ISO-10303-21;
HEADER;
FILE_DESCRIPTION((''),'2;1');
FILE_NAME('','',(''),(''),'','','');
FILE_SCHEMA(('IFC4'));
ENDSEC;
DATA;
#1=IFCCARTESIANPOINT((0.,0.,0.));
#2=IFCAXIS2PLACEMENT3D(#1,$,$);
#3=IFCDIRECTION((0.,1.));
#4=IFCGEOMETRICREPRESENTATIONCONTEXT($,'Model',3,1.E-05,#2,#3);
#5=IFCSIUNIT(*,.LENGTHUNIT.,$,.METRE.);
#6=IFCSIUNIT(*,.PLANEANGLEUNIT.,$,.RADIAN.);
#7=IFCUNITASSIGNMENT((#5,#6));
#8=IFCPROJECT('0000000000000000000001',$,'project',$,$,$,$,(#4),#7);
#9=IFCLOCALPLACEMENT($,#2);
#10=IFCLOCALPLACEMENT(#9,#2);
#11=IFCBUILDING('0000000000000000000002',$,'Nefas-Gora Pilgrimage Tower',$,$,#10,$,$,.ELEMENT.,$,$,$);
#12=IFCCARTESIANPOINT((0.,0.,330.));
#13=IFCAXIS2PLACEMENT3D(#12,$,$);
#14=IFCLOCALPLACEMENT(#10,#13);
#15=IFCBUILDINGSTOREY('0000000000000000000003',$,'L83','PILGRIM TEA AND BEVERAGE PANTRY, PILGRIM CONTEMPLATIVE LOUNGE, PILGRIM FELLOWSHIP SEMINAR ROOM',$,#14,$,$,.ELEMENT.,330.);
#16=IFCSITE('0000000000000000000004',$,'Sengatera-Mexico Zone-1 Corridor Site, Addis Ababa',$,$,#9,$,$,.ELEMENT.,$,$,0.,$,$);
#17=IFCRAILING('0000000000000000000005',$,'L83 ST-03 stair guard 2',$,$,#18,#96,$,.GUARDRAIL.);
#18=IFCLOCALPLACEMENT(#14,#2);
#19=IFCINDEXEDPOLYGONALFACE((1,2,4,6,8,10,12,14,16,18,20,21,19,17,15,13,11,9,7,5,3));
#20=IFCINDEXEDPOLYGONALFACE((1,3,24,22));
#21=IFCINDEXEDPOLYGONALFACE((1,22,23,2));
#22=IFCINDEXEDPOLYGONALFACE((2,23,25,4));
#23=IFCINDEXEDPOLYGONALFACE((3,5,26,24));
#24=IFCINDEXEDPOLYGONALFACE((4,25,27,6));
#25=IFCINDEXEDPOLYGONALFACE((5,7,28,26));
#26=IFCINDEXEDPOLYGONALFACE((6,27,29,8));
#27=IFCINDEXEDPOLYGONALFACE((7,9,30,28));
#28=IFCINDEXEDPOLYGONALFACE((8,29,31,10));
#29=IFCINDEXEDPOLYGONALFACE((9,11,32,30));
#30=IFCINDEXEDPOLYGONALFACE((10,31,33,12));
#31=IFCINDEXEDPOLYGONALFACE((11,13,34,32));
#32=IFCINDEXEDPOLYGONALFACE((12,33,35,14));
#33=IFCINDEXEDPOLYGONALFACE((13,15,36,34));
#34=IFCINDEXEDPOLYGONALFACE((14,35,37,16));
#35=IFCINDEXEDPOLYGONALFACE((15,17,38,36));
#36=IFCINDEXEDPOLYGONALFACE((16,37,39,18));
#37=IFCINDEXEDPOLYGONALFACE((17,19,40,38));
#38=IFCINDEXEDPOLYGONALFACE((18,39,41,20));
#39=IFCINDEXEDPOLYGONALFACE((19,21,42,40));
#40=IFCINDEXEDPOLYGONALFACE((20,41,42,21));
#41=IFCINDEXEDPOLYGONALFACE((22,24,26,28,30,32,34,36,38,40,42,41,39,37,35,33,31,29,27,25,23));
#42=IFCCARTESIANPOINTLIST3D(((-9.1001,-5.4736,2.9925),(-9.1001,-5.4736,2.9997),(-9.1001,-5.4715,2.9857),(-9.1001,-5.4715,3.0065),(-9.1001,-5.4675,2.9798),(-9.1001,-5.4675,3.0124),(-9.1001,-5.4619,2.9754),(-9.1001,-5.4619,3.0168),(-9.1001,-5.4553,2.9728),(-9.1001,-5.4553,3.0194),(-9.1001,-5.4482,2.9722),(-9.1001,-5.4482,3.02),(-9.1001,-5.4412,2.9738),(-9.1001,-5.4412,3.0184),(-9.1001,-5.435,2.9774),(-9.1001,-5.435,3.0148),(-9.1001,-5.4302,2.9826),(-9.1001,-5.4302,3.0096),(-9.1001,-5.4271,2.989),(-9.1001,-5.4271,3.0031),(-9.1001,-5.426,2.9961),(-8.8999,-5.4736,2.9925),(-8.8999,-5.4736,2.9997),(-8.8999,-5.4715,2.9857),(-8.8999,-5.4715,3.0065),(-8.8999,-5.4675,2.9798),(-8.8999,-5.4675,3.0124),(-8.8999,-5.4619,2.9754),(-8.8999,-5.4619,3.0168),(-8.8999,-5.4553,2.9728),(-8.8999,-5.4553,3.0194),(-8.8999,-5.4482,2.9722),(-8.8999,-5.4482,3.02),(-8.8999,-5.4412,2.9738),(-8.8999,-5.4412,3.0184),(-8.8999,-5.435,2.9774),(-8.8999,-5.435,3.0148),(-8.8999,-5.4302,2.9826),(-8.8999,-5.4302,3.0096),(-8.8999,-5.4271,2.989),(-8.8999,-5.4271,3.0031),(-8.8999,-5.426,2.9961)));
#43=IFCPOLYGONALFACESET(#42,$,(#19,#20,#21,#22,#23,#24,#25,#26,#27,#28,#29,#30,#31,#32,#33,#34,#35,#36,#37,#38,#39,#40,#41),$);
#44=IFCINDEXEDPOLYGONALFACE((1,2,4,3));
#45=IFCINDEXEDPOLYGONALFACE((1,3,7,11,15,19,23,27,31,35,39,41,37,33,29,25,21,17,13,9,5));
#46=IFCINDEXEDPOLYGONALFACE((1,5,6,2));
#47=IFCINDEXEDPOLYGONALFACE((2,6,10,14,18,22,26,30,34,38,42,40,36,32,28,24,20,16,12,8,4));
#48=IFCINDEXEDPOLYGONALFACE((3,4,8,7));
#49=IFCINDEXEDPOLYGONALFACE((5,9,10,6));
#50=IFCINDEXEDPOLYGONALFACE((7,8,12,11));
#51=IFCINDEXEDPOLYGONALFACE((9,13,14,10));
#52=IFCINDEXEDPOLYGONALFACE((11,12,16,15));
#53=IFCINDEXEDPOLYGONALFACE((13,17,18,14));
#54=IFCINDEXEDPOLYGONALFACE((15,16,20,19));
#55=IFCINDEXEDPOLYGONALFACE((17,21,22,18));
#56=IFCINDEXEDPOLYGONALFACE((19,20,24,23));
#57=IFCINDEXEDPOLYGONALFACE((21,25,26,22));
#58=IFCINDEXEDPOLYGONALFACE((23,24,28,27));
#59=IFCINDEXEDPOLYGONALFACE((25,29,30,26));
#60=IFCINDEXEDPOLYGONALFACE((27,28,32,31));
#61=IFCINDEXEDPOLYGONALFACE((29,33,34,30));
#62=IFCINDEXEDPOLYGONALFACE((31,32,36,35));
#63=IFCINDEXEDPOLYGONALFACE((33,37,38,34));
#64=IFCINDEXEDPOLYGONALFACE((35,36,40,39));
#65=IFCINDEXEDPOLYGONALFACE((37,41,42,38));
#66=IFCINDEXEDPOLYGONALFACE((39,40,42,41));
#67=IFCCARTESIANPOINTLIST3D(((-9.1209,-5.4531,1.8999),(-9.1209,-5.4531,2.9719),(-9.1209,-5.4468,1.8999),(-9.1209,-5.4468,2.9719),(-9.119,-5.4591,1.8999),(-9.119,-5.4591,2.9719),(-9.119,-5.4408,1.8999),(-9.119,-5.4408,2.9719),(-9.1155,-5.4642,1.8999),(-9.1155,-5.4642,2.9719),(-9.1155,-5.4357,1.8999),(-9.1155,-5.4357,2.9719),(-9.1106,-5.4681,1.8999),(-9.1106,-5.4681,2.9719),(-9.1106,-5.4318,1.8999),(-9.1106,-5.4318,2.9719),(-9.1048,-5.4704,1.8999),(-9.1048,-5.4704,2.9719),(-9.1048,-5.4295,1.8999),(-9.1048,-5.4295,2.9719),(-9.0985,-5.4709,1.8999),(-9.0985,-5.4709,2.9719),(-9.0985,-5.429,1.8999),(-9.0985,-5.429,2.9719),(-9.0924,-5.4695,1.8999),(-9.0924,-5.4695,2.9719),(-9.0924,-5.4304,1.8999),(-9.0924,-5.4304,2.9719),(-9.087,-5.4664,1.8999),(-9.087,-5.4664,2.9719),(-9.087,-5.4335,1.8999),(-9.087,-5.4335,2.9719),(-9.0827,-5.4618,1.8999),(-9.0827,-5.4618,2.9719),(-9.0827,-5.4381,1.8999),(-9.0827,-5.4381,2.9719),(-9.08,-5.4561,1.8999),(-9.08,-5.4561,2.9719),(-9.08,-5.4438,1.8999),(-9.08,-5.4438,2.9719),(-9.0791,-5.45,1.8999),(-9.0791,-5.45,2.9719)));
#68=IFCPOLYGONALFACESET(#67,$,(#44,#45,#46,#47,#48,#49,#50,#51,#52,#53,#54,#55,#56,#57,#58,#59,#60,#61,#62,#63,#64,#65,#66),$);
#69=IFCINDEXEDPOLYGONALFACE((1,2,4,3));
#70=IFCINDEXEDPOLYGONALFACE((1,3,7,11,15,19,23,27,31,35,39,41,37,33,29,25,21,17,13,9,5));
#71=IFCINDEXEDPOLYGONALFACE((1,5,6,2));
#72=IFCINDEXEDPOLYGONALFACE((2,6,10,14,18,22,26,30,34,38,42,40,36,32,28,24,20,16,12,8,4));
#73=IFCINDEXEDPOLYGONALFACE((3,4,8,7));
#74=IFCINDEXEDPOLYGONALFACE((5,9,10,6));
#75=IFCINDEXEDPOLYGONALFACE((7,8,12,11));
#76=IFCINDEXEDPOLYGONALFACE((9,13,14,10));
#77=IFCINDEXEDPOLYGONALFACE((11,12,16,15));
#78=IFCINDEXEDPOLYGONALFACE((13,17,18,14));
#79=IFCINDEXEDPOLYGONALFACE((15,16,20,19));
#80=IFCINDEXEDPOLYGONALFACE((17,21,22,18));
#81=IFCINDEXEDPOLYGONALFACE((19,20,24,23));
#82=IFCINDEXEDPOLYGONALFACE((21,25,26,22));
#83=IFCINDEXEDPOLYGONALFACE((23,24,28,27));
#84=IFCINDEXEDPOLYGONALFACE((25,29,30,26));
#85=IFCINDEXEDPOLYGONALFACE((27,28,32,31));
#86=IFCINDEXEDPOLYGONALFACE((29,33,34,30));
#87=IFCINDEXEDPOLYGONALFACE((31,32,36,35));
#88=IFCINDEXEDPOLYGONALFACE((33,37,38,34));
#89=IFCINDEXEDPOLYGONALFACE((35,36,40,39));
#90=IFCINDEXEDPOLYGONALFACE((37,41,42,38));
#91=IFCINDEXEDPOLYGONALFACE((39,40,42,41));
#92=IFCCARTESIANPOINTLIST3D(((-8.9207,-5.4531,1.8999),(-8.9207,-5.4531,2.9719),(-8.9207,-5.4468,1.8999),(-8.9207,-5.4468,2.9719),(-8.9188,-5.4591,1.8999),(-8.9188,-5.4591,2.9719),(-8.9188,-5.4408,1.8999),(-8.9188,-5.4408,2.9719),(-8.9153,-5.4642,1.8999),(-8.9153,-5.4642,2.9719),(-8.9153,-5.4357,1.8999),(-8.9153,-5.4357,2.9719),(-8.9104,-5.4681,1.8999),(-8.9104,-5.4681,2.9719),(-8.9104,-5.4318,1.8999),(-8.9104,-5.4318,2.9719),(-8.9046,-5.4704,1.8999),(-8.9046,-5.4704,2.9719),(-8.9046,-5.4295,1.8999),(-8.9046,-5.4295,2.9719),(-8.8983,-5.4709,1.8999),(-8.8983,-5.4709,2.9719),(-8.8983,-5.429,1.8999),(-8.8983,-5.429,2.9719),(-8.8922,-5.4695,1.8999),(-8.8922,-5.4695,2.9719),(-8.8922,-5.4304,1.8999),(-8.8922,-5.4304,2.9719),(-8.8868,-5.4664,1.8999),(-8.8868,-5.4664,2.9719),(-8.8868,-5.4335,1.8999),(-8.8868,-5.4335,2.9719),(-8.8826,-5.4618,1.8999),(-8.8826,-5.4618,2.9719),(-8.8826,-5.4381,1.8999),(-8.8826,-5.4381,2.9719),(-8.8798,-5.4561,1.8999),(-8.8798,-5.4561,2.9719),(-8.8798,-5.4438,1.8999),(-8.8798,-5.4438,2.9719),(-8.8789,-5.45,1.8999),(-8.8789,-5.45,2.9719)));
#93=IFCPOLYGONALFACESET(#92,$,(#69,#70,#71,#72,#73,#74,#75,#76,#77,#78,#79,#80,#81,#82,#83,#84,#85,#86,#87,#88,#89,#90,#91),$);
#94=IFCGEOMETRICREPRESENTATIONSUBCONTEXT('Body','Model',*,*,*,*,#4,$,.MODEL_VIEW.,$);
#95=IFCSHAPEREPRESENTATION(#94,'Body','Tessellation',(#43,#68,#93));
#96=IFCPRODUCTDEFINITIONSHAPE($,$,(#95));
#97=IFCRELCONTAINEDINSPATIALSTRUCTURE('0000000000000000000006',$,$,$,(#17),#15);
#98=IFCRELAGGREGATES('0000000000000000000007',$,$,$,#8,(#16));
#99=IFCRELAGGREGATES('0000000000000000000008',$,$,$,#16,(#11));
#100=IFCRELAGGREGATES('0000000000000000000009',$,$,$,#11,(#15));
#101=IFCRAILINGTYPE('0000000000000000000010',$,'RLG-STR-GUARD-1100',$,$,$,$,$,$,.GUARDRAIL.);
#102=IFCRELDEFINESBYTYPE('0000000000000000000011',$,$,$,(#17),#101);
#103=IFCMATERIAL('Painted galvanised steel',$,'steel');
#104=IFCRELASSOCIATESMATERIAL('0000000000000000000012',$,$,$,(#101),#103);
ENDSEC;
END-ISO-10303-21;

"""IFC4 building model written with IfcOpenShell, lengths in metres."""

from ifc_helpers import new_model, si_unit, direction, frame, origin, origin_2d, place, context, subcontext, project, spatial, circle, extrude, material, type_object, element, save


model = new_model("IFC4")

# Units and contexts
model_context = context("Model", 3, precision=1e-05, world=origin(), true_north=direction((0.0, 1.0)))
body_context = subcontext(model_context, "Body", "Model", "MODEL_VIEW")
ifc_project = project(units=[si_unit("LENGTHUNIT", "METRE"), si_unit("PLANEANGLEUNIT", "RADIAN")], contexts=[model_context])

# Site, building, storey
site_placement = place(None, origin())
site = spatial("IfcSite", under=ifc_project, at=site_placement, Name="Sengatera-Mexico Zone-1 Corridor Site, Addis Ababa", CompositionType="ELEMENT", RefElevation=0.0)
building_placement = place(site_placement, origin())
building = spatial("IfcBuilding", under=site, at=building_placement, Name="Nefas-Gora Pilgrimage Tower", CompositionType="ELEMENT")
storey_placement = place(building_placement, frame((0.0, 0.0, 330.0)))
storey = spatial("IfcBuildingStorey", under=building, at=storey_placement, Name="L83", Description="PILGRIM TEA AND BEVERAGE PANTRY, PILGRIM CONTEMPLATIVE LOUNGE, PILGRIM FELLOWSHIP SEMINAR ROOM", CompositionType="ELEMENT", Elevation=330.0)

# Railing
ifc_material_1 = material(Name="Painted galvanised steel", Category="steel")
railing_type_1 = type_object("IfcRailingType", Name="RLG-STR-GUARD-1100", PredefinedType="GUARDRAIL", material=ifc_material_1)
railing_1_placement = place(storey_placement, frame((-9.1001, -5.45, 1.8999)))
element("IfcRailing", 1, at=railing_1_placement, inside=storey, type_object=railing_type_1, Name="L83 ST-03 stair guard 2", PredefinedType="GUARDRAIL", context=body_context, shape_type="SweptSolid", body=[
    extrude(circle(Radius=0.0239, at=origin_2d()), frame((0.0, 0.0, 1.0962), z_axis=(1.0, 0.0, 0.0), x_axis=(0.0, 1.0, 0.0)), (0.0, 0.0, 1.0), 0.2002),
    extrude(circle(Radius=0.021, at=origin_2d()), origin(), (0.0, 0.0, 1.0), 1.072),
    extrude(circle(Radius=0.021, at=origin_2d()), frame((0.2002, 0.0, 0.0)), (0.0, 0.0, 1.0), 1.072),
])

save(model, "model.ifc")
